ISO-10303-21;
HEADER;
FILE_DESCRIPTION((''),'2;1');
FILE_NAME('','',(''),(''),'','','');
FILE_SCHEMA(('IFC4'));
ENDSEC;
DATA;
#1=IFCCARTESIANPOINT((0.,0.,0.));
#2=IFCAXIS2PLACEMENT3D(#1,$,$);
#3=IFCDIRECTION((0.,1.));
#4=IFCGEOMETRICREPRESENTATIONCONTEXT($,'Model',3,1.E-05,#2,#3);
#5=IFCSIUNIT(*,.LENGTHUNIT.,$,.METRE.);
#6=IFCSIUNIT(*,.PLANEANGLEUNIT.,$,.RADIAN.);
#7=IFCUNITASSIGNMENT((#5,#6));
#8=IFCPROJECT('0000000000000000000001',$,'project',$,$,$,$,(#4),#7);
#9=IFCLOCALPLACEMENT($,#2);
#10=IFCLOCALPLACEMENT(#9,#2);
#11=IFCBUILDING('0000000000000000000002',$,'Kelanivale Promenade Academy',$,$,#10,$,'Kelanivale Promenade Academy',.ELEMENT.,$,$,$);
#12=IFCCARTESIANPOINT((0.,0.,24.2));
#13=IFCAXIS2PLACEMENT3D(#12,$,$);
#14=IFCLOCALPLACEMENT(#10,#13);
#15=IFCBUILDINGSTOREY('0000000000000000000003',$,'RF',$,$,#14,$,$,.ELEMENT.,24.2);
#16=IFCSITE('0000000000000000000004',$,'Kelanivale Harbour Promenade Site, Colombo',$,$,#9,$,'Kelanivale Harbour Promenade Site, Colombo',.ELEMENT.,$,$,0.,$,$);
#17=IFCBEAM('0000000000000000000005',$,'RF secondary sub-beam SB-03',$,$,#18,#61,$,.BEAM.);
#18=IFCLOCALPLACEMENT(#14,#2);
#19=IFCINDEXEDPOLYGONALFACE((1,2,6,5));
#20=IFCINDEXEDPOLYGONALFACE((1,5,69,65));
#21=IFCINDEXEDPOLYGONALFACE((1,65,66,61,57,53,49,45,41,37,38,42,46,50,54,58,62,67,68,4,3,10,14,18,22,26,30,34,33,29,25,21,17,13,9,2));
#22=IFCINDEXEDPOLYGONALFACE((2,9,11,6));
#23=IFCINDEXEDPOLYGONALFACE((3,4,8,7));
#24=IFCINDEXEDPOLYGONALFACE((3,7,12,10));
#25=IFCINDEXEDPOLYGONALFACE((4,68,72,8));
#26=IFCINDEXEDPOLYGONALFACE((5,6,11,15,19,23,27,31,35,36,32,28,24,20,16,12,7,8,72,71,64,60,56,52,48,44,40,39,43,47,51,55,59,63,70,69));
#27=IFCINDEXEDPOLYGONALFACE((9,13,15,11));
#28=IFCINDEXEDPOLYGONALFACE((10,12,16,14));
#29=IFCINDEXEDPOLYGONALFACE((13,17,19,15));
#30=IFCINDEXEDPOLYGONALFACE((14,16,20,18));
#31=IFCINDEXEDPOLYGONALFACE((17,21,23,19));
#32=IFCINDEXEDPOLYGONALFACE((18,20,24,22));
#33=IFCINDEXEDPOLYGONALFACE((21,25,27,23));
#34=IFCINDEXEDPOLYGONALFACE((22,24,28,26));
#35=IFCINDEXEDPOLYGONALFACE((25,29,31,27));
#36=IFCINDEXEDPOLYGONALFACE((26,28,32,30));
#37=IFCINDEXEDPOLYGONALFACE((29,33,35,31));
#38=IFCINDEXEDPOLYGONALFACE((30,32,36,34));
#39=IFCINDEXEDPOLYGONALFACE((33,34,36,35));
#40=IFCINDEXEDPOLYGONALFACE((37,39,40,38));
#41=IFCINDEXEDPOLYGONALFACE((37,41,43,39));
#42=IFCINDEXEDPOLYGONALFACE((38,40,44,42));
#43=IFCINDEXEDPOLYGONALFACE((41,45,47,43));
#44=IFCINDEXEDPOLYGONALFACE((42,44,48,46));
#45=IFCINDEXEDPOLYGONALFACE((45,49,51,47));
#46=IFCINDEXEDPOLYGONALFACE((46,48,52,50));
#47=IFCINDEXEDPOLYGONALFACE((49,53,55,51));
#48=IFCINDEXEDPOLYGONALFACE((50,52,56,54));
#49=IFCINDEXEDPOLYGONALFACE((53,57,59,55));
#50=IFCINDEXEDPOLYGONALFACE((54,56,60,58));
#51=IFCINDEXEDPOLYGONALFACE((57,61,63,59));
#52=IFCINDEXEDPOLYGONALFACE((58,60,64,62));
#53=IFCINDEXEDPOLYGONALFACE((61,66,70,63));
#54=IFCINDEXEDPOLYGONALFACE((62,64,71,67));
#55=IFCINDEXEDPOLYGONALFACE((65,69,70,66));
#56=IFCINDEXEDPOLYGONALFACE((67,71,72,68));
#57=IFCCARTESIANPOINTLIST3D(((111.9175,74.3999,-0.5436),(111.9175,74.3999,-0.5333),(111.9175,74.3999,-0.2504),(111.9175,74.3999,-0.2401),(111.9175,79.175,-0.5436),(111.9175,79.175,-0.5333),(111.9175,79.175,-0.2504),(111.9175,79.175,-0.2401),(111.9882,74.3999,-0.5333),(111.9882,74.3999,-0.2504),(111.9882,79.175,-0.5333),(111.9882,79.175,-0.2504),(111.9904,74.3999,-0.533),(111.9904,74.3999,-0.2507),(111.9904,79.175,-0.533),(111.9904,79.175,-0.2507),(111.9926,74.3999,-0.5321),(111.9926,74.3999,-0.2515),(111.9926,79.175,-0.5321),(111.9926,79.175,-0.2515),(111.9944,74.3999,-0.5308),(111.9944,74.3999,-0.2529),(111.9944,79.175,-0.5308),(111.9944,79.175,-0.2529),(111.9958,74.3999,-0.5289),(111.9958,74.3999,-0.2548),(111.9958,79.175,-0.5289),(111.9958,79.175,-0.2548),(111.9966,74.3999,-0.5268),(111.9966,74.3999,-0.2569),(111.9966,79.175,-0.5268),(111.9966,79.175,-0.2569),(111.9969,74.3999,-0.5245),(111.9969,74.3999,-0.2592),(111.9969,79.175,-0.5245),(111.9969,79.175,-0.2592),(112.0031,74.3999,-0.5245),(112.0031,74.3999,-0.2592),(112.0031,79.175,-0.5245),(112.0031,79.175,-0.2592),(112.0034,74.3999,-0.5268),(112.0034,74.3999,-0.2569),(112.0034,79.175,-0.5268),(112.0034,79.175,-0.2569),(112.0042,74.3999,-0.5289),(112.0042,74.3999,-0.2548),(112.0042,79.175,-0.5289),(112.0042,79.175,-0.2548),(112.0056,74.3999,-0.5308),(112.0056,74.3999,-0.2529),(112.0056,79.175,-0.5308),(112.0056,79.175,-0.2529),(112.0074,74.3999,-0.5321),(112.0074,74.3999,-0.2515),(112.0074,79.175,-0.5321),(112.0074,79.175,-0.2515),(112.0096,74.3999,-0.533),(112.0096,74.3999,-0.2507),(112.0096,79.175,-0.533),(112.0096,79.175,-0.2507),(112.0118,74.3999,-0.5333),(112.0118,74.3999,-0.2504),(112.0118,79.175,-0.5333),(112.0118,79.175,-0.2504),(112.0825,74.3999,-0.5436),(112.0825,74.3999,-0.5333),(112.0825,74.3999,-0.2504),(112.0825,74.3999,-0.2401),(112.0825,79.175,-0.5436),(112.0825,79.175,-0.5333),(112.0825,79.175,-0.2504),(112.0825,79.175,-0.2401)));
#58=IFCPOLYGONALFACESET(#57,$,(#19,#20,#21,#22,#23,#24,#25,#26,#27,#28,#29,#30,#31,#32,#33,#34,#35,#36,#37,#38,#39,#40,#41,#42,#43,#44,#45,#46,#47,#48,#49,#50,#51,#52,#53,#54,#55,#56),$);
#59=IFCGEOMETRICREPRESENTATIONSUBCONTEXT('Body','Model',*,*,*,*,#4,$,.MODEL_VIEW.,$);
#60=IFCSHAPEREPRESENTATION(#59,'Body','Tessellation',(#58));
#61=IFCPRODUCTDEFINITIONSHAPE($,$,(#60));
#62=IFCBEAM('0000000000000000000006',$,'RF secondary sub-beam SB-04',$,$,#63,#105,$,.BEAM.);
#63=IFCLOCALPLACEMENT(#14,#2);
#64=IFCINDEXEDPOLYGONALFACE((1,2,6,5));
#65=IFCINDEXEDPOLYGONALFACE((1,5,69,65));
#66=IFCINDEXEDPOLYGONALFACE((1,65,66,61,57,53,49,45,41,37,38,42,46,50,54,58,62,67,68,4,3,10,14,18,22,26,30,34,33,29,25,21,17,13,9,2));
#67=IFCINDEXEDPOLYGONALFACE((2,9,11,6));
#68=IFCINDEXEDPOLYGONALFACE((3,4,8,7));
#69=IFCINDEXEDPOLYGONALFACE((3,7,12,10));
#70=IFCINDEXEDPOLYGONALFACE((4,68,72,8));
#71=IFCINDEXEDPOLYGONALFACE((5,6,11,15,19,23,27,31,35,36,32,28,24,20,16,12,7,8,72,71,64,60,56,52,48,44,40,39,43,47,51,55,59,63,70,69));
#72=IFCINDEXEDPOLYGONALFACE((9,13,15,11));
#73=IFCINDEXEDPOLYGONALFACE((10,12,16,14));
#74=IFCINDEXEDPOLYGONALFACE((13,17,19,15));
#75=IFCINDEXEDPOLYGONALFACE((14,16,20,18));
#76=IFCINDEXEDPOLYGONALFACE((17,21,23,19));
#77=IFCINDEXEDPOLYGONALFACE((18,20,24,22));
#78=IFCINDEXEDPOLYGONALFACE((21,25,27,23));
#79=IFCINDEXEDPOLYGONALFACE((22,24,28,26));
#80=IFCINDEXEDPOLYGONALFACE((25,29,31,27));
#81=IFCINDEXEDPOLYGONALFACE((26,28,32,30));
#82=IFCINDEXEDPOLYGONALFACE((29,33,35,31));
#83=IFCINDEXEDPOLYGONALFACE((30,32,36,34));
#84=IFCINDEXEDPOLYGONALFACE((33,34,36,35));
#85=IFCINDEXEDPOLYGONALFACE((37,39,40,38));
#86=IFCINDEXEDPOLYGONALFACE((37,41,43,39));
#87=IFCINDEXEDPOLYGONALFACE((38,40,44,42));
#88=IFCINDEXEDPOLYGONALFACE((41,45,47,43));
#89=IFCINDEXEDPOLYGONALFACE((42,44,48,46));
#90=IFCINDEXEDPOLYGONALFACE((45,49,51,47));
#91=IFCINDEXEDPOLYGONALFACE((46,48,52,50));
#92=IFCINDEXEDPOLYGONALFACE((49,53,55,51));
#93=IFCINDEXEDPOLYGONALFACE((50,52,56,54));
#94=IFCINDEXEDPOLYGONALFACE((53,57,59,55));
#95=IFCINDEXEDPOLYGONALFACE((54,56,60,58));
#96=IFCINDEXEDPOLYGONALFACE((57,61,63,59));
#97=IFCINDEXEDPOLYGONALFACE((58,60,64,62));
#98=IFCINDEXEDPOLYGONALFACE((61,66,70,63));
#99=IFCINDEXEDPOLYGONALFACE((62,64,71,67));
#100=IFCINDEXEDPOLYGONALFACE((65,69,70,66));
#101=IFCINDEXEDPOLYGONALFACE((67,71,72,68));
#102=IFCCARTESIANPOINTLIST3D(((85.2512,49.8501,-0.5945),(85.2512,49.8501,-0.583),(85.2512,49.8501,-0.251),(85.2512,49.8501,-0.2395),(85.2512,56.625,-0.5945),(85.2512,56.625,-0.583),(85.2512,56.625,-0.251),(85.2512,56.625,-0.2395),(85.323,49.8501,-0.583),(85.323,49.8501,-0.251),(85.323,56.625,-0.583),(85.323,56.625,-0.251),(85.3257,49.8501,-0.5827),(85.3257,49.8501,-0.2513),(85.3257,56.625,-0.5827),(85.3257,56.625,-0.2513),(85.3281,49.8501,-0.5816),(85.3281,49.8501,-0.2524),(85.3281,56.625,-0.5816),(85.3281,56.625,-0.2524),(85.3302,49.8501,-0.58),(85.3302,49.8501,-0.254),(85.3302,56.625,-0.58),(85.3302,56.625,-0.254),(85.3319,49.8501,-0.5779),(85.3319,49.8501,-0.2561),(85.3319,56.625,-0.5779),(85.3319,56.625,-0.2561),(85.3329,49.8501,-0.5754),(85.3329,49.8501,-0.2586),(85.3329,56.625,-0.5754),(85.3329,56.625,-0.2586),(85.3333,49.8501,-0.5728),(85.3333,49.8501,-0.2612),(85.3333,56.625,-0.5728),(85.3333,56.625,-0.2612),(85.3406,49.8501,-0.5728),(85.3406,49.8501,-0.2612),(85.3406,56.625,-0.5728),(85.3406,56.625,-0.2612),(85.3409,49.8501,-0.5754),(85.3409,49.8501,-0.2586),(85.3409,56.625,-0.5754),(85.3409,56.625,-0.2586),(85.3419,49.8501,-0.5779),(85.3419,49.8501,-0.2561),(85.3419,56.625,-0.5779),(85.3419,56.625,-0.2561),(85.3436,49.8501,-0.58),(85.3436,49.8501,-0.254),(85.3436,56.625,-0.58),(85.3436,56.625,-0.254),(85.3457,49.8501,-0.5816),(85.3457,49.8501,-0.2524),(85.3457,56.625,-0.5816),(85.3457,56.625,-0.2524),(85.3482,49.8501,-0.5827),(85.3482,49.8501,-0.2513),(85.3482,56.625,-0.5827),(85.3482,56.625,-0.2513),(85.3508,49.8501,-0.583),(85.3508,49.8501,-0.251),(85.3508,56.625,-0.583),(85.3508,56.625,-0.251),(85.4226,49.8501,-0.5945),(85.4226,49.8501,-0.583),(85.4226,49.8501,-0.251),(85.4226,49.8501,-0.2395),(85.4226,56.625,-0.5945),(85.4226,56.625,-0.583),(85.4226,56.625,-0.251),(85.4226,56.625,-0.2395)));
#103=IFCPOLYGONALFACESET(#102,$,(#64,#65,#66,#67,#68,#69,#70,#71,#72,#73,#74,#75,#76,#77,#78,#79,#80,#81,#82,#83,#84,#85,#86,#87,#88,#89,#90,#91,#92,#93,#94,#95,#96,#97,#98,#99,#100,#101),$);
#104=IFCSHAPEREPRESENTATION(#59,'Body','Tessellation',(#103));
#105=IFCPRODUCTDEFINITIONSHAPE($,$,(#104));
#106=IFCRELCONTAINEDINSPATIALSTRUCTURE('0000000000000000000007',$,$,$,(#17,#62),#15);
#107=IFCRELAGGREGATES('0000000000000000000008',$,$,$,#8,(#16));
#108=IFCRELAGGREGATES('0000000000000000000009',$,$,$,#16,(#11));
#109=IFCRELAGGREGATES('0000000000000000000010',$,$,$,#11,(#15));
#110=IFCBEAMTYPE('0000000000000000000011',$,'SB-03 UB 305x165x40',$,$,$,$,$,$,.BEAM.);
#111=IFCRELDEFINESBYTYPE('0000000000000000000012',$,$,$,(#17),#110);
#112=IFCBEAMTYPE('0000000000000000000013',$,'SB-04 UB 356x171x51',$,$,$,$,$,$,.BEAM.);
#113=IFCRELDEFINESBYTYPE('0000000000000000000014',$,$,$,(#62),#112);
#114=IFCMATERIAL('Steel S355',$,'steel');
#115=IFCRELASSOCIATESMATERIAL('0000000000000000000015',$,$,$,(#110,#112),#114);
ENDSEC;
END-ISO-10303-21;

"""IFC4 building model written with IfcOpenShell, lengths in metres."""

from ifc_helpers import new_model, si_unit, direction, frame, origin, origin_2d, place, context, subcontext, project, spatial, i_section, extrude, material, material_profile, profile_set, type_object, element, save


model = new_model("IFC4")

# Units and contexts
model_context = context("Model", 3, precision=1e-05, world=origin(), true_north=direction((0.0, 1.0)))
body_context = subcontext(model_context, "Body", "Model", "MODEL_VIEW")
ifc_project = project(units=[si_unit("LENGTHUNIT", "METRE"), si_unit("PLANEANGLEUNIT", "RADIAN")], contexts=[model_context])

# Site, building, storey
site_placement = place(None, origin())
site = spatial("IfcSite", under=ifc_project, at=site_placement, Name="Kelanivale Harbour Promenade Site, Colombo", LongName="Kelanivale Harbour Promenade Site, Colombo", CompositionType="ELEMENT", RefElevation=0.0)
building_placement = place(site_placement, origin())
building = spatial("IfcBuilding", under=site, at=building_placement, Name="Kelanivale Promenade Academy", LongName="Kelanivale Promenade Academy", CompositionType="ELEMENT")
storey_placement = place(building_placement, frame((0.0, 0.0, 24.2)))
storey = spatial("IfcBuildingStorey", under=building, at=storey_placement, Name="RF", CompositionType="ELEMENT", Elevation=24.2)

# Beams
ifc_material_1 = material(Name="Steel S355", Category="steel")
ifc_material_profile_1 = material_profile(ifc_material_1, i_section(OverallWidth=0.165, OverallDepth=0.3035, WebThickness=0.0061, FlangeThickness=0.0103, FilletRadius=0.0088, at=origin_2d()), Name="UB 305x165x40")
ifc_profile_set_1 = profile_set([ifc_material_profile_1], Name="Steel S355")
beam_type_1 = type_object("IfcBeamType", Name="SB-03 UB 305x165x40", PredefinedType="BEAM", material=ifc_profile_set_1)
beam_1_placement = place(storey_placement, frame((112.0, 74.3999, -0.3918), z_axis=(0.0, 1.0, 0.0), x_axis=(-1.0, 0.0, 0.0)))
element("IfcBeam", 1, at=beam_1_placement, inside=storey, type_object=beam_type_1, Name="RF secondary sub-beam SB-03", PredefinedType="BEAM", context=body_context, shape_type="SweptSolid", body=[
    extrude(i_section(OverallWidth=0.165, OverallDepth=0.3035, WebThickness=0.0061, FlangeThickness=0.0103, FilletRadius=0.0088, at=origin_2d()), origin(), (0.0, 0.0, 1.0), 4.7751),
])
ifc_material_profile_2 = material_profile(ifc_material_1, i_section(OverallWidth=0.1714, OverallDepth=0.355, WebThickness=0.0073, FlangeThickness=0.0115, FilletRadius=0.0103, at=origin_2d()), Name="UB 356x171x51")
ifc_profile_set_2 = profile_set([ifc_material_profile_2], Name="Steel S355")
beam_type_2 = type_object("IfcBeamType", Name="SB-04 UB 356x171x51", PredefinedType="BEAM", material=ifc_profile_set_2)
beam_2_placement = place(storey_placement, frame((85.3369, 49.8501, -0.417), z_axis=(0.0, 1.0, 0.0), x_axis=(-1.0, 0.0, 0.0)))
element("IfcBeam", 2, at=beam_2_placement, inside=storey, type_object=beam_type_2, Name="RF secondary sub-beam SB-04", PredefinedType="BEAM", context=body_context, shape_type="SweptSolid", body=[
    extrude(i_section(OverallWidth=0.1714, OverallDepth=0.355, WebThickness=0.0073, FlangeThickness=0.0115, FilletRadius=0.0103, at=origin_2d()), origin(), (0.0, 0.0, 1.0), 6.7749),
])

save(model, "model.ifc")
